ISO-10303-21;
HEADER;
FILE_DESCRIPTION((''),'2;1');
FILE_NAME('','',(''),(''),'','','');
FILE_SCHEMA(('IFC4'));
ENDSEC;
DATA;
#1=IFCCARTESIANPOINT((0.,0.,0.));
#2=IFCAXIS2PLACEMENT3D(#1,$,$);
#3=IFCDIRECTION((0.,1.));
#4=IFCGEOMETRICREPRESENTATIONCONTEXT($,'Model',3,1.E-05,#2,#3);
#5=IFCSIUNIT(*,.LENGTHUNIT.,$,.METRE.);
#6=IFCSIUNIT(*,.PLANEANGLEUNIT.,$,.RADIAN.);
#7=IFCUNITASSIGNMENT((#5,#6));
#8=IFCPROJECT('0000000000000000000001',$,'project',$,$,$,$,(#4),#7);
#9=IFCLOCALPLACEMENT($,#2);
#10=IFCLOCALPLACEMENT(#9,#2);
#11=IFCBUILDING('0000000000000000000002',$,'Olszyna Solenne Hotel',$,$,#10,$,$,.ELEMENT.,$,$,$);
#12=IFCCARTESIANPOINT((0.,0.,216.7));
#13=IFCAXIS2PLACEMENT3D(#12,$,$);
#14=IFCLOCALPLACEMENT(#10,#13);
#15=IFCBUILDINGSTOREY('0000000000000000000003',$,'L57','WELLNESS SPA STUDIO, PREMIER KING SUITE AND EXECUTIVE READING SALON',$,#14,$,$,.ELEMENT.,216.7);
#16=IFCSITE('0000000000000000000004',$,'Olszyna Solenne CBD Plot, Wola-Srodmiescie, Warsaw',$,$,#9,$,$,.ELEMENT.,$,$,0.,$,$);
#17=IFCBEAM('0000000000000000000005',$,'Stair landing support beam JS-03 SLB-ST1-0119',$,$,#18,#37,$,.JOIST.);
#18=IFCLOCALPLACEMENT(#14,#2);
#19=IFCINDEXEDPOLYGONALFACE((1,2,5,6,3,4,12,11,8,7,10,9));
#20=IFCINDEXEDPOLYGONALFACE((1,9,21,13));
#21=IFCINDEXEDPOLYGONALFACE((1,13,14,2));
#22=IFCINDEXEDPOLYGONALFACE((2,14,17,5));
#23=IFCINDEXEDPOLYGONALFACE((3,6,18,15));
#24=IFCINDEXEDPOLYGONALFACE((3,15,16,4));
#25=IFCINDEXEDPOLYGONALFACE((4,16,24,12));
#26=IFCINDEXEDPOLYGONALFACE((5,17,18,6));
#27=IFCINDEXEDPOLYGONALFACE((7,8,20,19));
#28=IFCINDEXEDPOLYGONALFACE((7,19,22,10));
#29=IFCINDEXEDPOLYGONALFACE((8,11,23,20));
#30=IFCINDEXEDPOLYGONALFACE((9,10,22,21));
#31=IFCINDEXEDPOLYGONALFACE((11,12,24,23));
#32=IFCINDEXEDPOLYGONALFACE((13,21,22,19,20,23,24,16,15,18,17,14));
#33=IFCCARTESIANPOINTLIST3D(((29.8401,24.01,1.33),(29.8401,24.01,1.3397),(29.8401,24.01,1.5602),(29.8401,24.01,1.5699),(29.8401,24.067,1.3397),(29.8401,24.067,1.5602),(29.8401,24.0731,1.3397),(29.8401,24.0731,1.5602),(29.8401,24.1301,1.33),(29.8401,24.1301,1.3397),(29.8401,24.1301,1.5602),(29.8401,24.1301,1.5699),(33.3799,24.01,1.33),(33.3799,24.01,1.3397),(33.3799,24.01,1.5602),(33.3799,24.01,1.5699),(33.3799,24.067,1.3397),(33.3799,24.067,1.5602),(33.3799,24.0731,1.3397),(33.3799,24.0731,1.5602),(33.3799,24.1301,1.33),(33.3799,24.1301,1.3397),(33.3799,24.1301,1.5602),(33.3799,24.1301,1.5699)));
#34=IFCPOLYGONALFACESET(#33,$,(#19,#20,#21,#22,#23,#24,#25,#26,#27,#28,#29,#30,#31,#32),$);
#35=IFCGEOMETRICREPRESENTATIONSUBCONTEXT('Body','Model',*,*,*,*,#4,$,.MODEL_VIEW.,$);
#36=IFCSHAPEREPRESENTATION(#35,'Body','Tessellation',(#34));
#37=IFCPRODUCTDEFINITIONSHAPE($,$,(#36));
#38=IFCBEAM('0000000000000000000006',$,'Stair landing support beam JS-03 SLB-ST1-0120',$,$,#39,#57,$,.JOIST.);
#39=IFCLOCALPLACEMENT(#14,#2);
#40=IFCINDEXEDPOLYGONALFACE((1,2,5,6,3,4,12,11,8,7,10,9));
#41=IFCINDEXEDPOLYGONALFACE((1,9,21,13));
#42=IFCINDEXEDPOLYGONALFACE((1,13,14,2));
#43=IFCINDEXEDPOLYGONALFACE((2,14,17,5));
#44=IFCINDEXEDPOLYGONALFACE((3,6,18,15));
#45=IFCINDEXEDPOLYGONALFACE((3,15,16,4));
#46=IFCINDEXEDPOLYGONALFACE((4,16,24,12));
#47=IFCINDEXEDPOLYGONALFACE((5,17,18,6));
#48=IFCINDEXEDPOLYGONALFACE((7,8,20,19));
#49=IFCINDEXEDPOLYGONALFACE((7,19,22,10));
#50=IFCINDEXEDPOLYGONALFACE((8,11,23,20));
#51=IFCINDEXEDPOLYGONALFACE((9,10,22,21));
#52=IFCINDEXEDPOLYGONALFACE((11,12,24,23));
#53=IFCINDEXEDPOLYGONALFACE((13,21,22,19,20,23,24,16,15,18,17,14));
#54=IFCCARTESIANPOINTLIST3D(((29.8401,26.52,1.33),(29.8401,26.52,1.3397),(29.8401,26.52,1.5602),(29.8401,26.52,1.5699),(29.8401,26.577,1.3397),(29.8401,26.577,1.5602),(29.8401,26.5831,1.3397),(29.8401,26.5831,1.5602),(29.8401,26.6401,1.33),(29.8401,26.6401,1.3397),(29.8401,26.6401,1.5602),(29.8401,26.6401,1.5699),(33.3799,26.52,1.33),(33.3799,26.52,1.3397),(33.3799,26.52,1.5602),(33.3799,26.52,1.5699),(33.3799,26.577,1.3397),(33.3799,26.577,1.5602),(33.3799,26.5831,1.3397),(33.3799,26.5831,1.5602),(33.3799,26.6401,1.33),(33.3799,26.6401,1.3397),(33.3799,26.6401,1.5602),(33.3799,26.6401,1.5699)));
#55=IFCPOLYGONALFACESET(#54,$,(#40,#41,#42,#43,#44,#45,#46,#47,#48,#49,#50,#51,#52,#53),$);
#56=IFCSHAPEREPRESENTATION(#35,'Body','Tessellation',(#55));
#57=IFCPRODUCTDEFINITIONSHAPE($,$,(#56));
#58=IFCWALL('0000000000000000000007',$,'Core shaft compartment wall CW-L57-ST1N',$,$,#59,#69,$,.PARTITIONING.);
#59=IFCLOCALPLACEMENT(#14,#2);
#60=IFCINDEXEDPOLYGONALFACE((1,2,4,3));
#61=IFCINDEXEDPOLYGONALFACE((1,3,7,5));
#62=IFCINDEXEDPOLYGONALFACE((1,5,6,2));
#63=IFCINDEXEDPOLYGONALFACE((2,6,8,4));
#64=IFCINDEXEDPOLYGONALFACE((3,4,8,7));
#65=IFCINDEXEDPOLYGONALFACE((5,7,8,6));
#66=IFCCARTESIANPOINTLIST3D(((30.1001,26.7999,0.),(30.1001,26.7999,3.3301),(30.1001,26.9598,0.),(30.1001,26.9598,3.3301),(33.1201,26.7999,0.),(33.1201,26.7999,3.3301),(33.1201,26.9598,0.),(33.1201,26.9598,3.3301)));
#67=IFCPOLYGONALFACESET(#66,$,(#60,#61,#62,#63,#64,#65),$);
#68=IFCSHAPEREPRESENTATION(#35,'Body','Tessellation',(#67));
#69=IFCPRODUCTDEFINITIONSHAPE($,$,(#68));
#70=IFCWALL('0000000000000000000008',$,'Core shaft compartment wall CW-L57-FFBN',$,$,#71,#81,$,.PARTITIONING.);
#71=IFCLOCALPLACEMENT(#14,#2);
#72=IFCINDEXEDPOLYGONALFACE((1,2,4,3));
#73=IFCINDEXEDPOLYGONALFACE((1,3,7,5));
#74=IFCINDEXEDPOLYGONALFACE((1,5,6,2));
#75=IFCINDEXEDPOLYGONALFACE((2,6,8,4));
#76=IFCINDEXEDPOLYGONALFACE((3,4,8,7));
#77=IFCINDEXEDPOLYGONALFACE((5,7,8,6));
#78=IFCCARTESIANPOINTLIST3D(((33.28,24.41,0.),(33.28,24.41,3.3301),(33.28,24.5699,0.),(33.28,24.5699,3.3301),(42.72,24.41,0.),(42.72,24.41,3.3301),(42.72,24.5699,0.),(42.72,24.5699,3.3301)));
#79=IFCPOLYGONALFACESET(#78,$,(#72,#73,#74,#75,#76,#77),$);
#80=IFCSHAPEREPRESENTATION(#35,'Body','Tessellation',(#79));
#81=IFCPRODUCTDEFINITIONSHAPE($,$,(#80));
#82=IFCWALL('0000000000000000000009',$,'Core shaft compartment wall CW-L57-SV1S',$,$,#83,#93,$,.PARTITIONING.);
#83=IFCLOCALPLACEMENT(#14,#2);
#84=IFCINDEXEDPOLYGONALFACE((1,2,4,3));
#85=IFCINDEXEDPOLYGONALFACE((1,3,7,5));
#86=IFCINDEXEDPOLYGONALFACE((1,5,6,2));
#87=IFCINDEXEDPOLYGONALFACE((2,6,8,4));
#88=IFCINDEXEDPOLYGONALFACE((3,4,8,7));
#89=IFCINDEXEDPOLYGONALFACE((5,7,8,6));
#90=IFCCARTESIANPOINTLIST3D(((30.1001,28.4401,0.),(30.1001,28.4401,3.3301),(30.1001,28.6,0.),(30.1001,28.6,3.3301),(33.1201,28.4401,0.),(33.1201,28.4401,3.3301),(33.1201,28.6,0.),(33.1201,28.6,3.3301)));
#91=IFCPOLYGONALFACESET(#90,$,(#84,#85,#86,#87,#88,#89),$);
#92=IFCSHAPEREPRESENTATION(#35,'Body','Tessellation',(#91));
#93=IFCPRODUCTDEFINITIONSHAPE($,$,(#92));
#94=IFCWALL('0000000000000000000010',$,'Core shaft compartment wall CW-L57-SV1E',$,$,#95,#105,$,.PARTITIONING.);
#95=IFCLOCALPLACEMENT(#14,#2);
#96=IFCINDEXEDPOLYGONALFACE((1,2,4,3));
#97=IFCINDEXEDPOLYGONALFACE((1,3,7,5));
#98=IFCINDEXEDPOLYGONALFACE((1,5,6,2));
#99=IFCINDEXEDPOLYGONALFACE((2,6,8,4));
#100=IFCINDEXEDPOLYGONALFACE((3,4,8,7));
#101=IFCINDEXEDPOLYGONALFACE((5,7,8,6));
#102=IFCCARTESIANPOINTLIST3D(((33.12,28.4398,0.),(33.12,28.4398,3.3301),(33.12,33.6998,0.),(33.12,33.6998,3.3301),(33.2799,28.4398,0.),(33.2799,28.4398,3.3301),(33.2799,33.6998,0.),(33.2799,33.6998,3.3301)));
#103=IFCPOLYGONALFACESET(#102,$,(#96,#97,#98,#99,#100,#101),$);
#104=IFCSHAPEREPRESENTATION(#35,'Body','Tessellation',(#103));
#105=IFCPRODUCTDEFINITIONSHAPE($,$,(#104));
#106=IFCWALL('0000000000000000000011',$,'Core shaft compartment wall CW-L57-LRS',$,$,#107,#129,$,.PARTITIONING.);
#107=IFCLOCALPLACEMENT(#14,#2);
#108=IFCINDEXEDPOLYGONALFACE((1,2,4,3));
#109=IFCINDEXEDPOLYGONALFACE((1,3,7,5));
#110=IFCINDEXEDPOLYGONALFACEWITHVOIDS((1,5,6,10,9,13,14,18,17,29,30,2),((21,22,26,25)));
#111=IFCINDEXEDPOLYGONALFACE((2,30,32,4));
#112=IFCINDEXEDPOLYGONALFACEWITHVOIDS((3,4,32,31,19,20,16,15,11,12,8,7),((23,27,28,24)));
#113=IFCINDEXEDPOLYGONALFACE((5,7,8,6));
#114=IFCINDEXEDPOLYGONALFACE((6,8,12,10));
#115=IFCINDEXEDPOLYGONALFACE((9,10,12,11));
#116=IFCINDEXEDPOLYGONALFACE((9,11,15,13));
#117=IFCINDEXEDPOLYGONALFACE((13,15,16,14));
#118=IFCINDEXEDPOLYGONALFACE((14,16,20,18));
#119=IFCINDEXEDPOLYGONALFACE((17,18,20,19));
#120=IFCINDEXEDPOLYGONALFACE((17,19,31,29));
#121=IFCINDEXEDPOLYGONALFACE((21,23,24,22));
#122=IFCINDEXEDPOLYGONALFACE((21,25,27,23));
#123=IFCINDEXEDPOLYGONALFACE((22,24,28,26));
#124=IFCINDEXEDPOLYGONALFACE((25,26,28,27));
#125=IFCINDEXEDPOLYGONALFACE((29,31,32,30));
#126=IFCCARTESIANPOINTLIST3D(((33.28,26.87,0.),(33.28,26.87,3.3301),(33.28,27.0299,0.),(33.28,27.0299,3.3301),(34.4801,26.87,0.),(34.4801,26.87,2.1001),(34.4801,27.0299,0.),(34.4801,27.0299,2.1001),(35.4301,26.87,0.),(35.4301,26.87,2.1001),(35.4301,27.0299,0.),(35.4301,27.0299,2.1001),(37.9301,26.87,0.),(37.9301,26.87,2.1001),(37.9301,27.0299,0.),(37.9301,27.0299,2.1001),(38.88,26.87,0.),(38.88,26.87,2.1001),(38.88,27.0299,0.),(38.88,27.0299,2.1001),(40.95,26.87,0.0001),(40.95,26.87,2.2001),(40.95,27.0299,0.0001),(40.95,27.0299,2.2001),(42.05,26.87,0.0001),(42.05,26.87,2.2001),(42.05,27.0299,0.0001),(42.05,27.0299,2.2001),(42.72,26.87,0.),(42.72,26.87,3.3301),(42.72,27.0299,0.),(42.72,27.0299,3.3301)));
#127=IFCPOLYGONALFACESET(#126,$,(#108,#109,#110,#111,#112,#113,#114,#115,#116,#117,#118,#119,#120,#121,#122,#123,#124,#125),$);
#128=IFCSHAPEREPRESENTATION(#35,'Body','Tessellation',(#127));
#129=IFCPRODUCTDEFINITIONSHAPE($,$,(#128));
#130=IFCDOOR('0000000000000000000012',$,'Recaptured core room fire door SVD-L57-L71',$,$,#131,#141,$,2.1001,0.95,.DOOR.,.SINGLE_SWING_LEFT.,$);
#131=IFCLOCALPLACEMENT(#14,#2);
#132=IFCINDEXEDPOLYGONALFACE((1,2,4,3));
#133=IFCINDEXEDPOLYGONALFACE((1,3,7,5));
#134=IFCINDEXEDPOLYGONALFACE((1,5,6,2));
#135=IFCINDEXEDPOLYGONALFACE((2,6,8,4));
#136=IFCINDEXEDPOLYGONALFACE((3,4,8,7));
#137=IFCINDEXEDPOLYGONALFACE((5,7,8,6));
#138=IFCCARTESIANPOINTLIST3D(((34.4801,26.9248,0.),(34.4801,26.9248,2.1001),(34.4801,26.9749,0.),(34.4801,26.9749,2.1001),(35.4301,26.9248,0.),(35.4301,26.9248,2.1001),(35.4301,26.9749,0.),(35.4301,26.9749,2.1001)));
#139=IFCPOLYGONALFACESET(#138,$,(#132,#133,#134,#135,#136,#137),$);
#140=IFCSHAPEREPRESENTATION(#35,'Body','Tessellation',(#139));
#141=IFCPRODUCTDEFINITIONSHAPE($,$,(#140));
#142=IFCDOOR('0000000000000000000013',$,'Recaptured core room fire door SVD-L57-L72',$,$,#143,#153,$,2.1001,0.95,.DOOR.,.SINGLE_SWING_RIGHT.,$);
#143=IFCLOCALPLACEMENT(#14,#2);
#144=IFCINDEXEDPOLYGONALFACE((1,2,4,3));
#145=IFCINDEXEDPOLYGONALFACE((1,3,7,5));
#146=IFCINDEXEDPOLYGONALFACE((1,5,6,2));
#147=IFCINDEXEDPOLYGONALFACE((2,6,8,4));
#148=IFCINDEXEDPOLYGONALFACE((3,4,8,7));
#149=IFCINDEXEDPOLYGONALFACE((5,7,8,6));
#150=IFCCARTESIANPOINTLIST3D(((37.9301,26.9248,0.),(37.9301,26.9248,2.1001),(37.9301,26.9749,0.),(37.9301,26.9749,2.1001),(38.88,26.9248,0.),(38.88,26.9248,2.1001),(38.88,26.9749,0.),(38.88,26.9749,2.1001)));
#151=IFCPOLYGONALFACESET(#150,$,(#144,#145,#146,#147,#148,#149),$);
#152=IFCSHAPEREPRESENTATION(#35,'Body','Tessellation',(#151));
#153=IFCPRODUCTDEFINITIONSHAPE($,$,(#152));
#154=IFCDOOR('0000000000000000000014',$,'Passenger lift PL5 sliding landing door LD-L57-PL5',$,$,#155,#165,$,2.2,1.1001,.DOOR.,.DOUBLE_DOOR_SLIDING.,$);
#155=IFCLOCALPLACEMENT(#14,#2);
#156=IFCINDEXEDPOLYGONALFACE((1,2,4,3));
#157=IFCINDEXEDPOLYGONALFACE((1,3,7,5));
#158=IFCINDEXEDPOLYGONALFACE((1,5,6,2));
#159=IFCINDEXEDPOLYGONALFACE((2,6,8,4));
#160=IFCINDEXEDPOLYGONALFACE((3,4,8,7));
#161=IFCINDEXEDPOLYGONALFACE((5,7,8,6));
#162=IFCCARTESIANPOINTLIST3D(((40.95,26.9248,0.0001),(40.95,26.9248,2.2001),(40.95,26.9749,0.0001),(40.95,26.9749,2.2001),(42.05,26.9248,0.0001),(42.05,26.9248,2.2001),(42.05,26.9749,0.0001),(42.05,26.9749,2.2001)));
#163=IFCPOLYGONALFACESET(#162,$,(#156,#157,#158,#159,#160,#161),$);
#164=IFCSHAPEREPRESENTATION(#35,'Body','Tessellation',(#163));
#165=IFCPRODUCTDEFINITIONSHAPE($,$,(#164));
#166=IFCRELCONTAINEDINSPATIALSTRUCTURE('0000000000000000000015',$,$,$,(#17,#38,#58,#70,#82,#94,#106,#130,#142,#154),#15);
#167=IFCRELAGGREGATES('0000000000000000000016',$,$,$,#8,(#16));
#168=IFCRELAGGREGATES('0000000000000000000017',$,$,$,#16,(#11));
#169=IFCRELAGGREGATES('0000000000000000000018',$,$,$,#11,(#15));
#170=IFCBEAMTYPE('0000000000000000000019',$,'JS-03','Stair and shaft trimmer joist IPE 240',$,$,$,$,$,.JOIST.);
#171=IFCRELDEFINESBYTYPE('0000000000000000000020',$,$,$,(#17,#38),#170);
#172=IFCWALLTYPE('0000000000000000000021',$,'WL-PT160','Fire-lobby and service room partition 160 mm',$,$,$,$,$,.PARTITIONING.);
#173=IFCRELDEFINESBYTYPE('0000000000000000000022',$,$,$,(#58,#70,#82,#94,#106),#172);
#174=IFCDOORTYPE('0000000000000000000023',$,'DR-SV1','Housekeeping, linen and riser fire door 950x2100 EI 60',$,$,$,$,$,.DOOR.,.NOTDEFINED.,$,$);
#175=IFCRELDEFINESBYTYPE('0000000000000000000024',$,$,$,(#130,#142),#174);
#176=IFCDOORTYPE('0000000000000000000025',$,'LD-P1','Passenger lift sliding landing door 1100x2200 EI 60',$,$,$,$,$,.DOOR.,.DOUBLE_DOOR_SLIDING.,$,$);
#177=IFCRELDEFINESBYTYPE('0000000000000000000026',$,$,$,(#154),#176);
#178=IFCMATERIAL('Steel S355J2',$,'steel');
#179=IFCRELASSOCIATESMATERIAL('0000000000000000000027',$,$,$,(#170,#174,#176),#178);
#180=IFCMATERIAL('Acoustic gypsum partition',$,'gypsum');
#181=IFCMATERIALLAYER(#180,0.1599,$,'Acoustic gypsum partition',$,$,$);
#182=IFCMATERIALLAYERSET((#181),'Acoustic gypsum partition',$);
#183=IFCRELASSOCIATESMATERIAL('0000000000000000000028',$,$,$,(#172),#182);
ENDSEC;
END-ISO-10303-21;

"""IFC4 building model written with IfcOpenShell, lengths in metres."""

from ifc_helpers import new_model, si_unit, direction, frame, frame_2d, origin, origin_2d, place, context, subcontext, project, spatial, rectangle, i_section, extrude, source, transform, mapped, material, layer, layer_set, material_profile, profile_set, type_object, type_shapes, element, fill, save


model = new_model("IFC4")

# Units and contexts
model_context = context("Model", 3, precision=1e-05, world=origin(), true_north=direction((0.0, 1.0)))
body_context = subcontext(model_context, "Body", "Model", "MODEL_VIEW")
ifc_project = project(units=[si_unit("LENGTHUNIT", "METRE"), si_unit("PLANEANGLEUNIT", "RADIAN")], contexts=[model_context])

# Site, building, storey
site_placement = place(None, origin())
site = spatial("IfcSite", under=ifc_project, at=site_placement, Name="Olszyna Solenne CBD Plot, Wola-Srodmiescie, Warsaw", CompositionType="ELEMENT", RefElevation=0.0)
building_placement = place(site_placement, origin())
building = spatial("IfcBuilding", under=site, at=building_placement, Name="Olszyna Solenne Hotel", CompositionType="ELEMENT")
storey_placement = place(building_placement, frame((0.0, 0.0, 216.7)))
storey = spatial("IfcBuildingStorey", under=building, at=storey_placement, Name="L57", Description="WELLNESS SPA STUDIO, PREMIER KING SUITE AND EXECUTIVE READING SALON", CompositionType="ELEMENT", Elevation=216.7)

# Beams
ifc_material_1 = material(Name="Steel S355J2", Category="steel")
ifc_material_profile = material_profile(ifc_material_1, i_section(OverallWidth=0.1201, OverallDepth=0.24, WebThickness=0.0061, FlangeThickness=0.0098, at=origin_2d()), Name="IPE 240", Category="load-bearing")
ifc_profile_set = profile_set([ifc_material_profile], Name="Steel S355J2")
beam_type = type_object("IfcBeamType", Name="JS-03", Description="Stair and shaft trimmer joist IPE 240", PredefinedType="JOIST", material=ifc_profile_set)
shared_shape_1 = source(origin(), body_context, "Body", "SweptSolid", [
    extrude(i_section(OverallWidth=0.1201, OverallDepth=0.24, WebThickness=0.0061, FlangeThickness=0.0098, at=origin_2d()), origin(), (0.0, 0.0, 1.0), 3.5398),
])
for number, where, z_axis, x_axis, name in (
    (1, (33.3799, 24.0701, 1.45), (-1.0, 0.0, 0.0), (0.0, -1.0, 0.0), "Stair landing support beam JS-03 SLB-ST1-0119"),
    (2, (33.3799, 26.5801, 1.45), (-1.0, 0.0, 0.0), (0.0, -1.0, 0.0), "Stair landing support beam JS-03 SLB-ST1-0120"),
):
    element("IfcBeam", number, at=place(storey_placement, frame(where, z_axis=z_axis, x_axis=x_axis)), inside=storey, type_object=beam_type, Name=name, PredefinedType="JOIST", context=body_context, shape_type="MappedRepresentation", body=[
        mapped(shared_shape_1, transform((0.0, 0.0, 0.0), x_axis=(1.0, 0.0, 0.0), y_axis=(0.0, 1.0, 0.0), z_axis=(0.0, 0.0, 1.0), scale=1.0)),
    ])

# Walls
ifc_material_2 = material(Name="Acoustic gypsum partition", Category="gypsum")
ifc_layer_1 = layer(ifc_material_2, 0.1599, Name="Acoustic gypsum partition")
ifc_layer_set_1 = layer_set([ifc_layer_1], Name="Acoustic gypsum partition")
wall_type_1 = type_object("IfcWallType", Name="WL-PT160", Description="Fire-lobby and service room partition 160 mm", PredefinedType="PARTITIONING", material=ifc_layer_set_1)
wall_1_placement = place(storey_placement, frame((30.1001, 26.8799, 0.0), z_axis=(0.0, 0.0, 1.0), x_axis=(1.0, 0.0, 0.0)))
element("IfcWall", 3, at=wall_1_placement, inside=storey, type_object=wall_type_1, Name="Core shaft compartment wall CW-L57-ST1N", PredefinedType="PARTITIONING", context=body_context, shape_type="SweptSolid", body=[
    extrude(rectangle(XDim=3.02, YDim=0.1599, at=frame_2d((1.51, 0.0))), origin(), (0.0, 0.0, 1.0), 3.3301),
])
wall_2_placement = place(storey_placement, frame((33.28, 24.49, 0.0), z_axis=(0.0, 0.0, 1.0), x_axis=(1.0, 0.0, 0.0)))
element("IfcWall", 4, at=wall_2_placement, inside=storey, type_object=wall_type_1, Name="Core shaft compartment wall CW-L57-FFBN", PredefinedType="PARTITIONING", context=body_context, shape_type="SweptSolid", body=[
    extrude(rectangle(XDim=9.4399, YDim=0.1599, at=frame_2d((4.72, 0.0))), origin(), (0.0, 0.0, 1.0), 3.3301),
])
wall_3_placement = place(storey_placement, frame((30.1001, 28.52, 0.0), z_axis=(0.0, 0.0, 1.0), x_axis=(1.0, 0.0, 0.0)))
element("IfcWall", 5, at=wall_3_placement, inside=storey, type_object=wall_type_1, Name="Core shaft compartment wall CW-L57-SV1S", PredefinedType="PARTITIONING", context=body_context, shape_type="SweptSolid", body=[
    extrude(rectangle(XDim=3.02, YDim=0.1599, at=frame_2d((1.51, 0.0))), origin(), (0.0, 0.0, 1.0), 3.3301),
])
wall_4_placement = place(storey_placement, frame((33.2, 28.4399, 0.0), z_axis=(0.0, 0.0, 1.0), x_axis=(0.0, 1.0, 0.0)))
element("IfcWall", 6, at=wall_4_placement, inside=storey, type_object=wall_type_1, Name="Core shaft compartment wall CW-L57-SV1E", PredefinedType="PARTITIONING", context=body_context, shape_type="SweptSolid", body=[
    extrude(rectangle(XDim=5.26, YDim=0.1599, at=frame_2d((2.6299, 0.0))), origin(), (0.0, 0.0, 1.0), 3.3301),
])

# Wall, openings, doors
wall_5_placement = place(storey_placement, frame((33.28, 26.95, 0.0), z_axis=(0.0, 0.0, 1.0), x_axis=(1.0, 0.0, 0.0)))
wall_5 = element("IfcWall", 7, at=wall_5_placement, inside=storey, type_object=wall_type_1, Name="Core shaft compartment wall CW-L57-LRS", PredefinedType="PARTITIONING", context=body_context, shape_type="SweptSolid", body=[
    extrude(rectangle(XDim=9.4399, YDim=0.1599, at=frame_2d((4.72, 0.0))), origin(), (0.0, 0.0, 1.0), 3.3301),
])
opening_1_placement = place(wall_5_placement, frame((1.2, 0.0, 0.0)))
opening_1 = element("IfcOpeningElement", 8, at=opening_1_placement, cuts=wall_5, PredefinedType="OPENING", context=body_context, shape_type="SweptSolid", body=[
    extrude(rectangle(XDim=0.95, YDim=2.1001, at=frame_2d((0.4751, 1.05))), frame((0.0, 0.0898, 0.0), z_axis=(0.0, -1.0, 0.0), x_axis=(1.0, 0.0, 0.0)), (0.0, 0.0, 1.0), 0.1799),
])
opening_2_placement = place(wall_5_placement, frame((4.6499, 0.0, 0.0)))
opening_2 = element("IfcOpeningElement", 9, at=opening_2_placement, cuts=wall_5, PredefinedType="OPENING", context=body_context, shape_type="SweptSolid", body=[
    extrude(rectangle(XDim=0.95, YDim=2.1001, at=frame_2d((0.4751, 1.05))), frame((0.0, 0.0898, 0.0), z_axis=(0.0, -1.0, 0.0), x_axis=(1.0, 0.0, 0.0)), (0.0, 0.0, 1.0), 0.1799),
])
opening_3_placement = place(wall_5_placement, frame((7.6699, 0.0, 0.0)))
opening_3 = element("IfcOpeningElement", 10, at=opening_3_placement, cuts=wall_5, PredefinedType="OPENING", context=body_context, shape_type="SweptSolid", body=[
    extrude(rectangle(XDim=1.1001, YDim=2.2, at=frame_2d((0.55, 1.1001))), frame((0.0, 0.0898, 0.0), z_axis=(0.0, -1.0, 0.0), x_axis=(1.0, 0.0, 0.0)), (0.0, 0.0, 1.0), 0.1799),
])
door_type_1 = type_object("IfcDoorType", Name="DR-SV1", Description="Housekeeping, linen and riser fire door 950x2100 EI 60", OperationType="NOTDEFINED", PredefinedType="DOOR", material=ifc_material_1)
shared_shape_2 = source(origin(), body_context, "Body", "SweptSolid", [
    extrude(rectangle(XDim=0.95, YDim=2.1001, at=frame_2d((0.4751, 1.05))), frame((0.0, 0.0249, 0.0), z_axis=(0.0, -1.0, 0.0), x_axis=(1.0, 0.0, 0.0)), (0.0, 0.0, 1.0), 0.05),
])
type_shapes(door_type_1, [shared_shape_2])
door_1_placement = place(opening_1_placement, origin())
door_1 = element("IfcDoor", 11, at=door_1_placement, inside=storey, type_object=door_type_1, Name="Recaptured core room fire door SVD-L57-L71", OperationType="SINGLE_SWING_LEFT", OverallHeight=2.1001, OverallWidth=0.95, PredefinedType="DOOR", context=body_context, shape_type="MappedRepresentation", body=[
    mapped(shared_shape_2, transform((0.0, 0.0, 0.0), x_axis=(1.0, 0.0, 0.0), y_axis=(0.0, 1.0, 0.0), z_axis=(0.0, 0.0, 1.0), scale=1.0)),
])
fill(opening_1, door_1)
door_2_placement = place(opening_2_placement, origin())
door_2 = element("IfcDoor", 12, at=door_2_placement, inside=storey, type_object=door_type_1, Name="Recaptured core room fire door SVD-L57-L72", OperationType="SINGLE_SWING_RIGHT", OverallHeight=2.1001, OverallWidth=0.95, PredefinedType="DOOR", context=body_context, shape_type="MappedRepresentation", body=[
    mapped(shared_shape_2, transform((0.0, 0.0, 0.0), x_axis=(1.0, 0.0, 0.0), y_axis=(0.0, 1.0, 0.0), z_axis=(0.0, 0.0, 1.0), scale=1.0)),
])
fill(opening_2, door_2)
door_type_2 = type_object("IfcDoorType", Name="LD-P1", Description="Passenger lift sliding landing door 1100x2200 EI 60", OperationType="DOUBLE_DOOR_SLIDING", PredefinedType="DOOR", material=ifc_material_1)
shared_shape_3 = source(origin(), body_context, "Body", "SweptSolid", [
    extrude(rectangle(XDim=1.1001, YDim=2.2, at=frame_2d((0.55, 1.1001))), frame((0.0, 0.0249, 0.0), z_axis=(0.0, -1.0, 0.0), x_axis=(1.0, 0.0, 0.0)), (0.0, 0.0, 1.0), 0.05),
])
type_shapes(door_type_2, [shared_shape_3])
door_3_placement = place(opening_3_placement, origin())
door_3 = element("IfcDoor", 13, at=door_3_placement, inside=storey, type_object=door_type_2, Name="Passenger lift PL5 sliding landing door LD-L57-PL5", OperationType="DOUBLE_DOOR_SLIDING", OverallHeight=2.2, OverallWidth=1.1001, PredefinedType="DOOR", context=body_context, shape_type="MappedRepresentation", body=[
    mapped(shared_shape_3, transform((0.0, 0.0, 0.0), x_axis=(1.0, 0.0, 0.0), y_axis=(0.0, 1.0, 0.0), z_axis=(0.0, 0.0, 1.0), scale=1.0)),
])
fill(opening_3, door_3)

save(model, "model.ifc")
